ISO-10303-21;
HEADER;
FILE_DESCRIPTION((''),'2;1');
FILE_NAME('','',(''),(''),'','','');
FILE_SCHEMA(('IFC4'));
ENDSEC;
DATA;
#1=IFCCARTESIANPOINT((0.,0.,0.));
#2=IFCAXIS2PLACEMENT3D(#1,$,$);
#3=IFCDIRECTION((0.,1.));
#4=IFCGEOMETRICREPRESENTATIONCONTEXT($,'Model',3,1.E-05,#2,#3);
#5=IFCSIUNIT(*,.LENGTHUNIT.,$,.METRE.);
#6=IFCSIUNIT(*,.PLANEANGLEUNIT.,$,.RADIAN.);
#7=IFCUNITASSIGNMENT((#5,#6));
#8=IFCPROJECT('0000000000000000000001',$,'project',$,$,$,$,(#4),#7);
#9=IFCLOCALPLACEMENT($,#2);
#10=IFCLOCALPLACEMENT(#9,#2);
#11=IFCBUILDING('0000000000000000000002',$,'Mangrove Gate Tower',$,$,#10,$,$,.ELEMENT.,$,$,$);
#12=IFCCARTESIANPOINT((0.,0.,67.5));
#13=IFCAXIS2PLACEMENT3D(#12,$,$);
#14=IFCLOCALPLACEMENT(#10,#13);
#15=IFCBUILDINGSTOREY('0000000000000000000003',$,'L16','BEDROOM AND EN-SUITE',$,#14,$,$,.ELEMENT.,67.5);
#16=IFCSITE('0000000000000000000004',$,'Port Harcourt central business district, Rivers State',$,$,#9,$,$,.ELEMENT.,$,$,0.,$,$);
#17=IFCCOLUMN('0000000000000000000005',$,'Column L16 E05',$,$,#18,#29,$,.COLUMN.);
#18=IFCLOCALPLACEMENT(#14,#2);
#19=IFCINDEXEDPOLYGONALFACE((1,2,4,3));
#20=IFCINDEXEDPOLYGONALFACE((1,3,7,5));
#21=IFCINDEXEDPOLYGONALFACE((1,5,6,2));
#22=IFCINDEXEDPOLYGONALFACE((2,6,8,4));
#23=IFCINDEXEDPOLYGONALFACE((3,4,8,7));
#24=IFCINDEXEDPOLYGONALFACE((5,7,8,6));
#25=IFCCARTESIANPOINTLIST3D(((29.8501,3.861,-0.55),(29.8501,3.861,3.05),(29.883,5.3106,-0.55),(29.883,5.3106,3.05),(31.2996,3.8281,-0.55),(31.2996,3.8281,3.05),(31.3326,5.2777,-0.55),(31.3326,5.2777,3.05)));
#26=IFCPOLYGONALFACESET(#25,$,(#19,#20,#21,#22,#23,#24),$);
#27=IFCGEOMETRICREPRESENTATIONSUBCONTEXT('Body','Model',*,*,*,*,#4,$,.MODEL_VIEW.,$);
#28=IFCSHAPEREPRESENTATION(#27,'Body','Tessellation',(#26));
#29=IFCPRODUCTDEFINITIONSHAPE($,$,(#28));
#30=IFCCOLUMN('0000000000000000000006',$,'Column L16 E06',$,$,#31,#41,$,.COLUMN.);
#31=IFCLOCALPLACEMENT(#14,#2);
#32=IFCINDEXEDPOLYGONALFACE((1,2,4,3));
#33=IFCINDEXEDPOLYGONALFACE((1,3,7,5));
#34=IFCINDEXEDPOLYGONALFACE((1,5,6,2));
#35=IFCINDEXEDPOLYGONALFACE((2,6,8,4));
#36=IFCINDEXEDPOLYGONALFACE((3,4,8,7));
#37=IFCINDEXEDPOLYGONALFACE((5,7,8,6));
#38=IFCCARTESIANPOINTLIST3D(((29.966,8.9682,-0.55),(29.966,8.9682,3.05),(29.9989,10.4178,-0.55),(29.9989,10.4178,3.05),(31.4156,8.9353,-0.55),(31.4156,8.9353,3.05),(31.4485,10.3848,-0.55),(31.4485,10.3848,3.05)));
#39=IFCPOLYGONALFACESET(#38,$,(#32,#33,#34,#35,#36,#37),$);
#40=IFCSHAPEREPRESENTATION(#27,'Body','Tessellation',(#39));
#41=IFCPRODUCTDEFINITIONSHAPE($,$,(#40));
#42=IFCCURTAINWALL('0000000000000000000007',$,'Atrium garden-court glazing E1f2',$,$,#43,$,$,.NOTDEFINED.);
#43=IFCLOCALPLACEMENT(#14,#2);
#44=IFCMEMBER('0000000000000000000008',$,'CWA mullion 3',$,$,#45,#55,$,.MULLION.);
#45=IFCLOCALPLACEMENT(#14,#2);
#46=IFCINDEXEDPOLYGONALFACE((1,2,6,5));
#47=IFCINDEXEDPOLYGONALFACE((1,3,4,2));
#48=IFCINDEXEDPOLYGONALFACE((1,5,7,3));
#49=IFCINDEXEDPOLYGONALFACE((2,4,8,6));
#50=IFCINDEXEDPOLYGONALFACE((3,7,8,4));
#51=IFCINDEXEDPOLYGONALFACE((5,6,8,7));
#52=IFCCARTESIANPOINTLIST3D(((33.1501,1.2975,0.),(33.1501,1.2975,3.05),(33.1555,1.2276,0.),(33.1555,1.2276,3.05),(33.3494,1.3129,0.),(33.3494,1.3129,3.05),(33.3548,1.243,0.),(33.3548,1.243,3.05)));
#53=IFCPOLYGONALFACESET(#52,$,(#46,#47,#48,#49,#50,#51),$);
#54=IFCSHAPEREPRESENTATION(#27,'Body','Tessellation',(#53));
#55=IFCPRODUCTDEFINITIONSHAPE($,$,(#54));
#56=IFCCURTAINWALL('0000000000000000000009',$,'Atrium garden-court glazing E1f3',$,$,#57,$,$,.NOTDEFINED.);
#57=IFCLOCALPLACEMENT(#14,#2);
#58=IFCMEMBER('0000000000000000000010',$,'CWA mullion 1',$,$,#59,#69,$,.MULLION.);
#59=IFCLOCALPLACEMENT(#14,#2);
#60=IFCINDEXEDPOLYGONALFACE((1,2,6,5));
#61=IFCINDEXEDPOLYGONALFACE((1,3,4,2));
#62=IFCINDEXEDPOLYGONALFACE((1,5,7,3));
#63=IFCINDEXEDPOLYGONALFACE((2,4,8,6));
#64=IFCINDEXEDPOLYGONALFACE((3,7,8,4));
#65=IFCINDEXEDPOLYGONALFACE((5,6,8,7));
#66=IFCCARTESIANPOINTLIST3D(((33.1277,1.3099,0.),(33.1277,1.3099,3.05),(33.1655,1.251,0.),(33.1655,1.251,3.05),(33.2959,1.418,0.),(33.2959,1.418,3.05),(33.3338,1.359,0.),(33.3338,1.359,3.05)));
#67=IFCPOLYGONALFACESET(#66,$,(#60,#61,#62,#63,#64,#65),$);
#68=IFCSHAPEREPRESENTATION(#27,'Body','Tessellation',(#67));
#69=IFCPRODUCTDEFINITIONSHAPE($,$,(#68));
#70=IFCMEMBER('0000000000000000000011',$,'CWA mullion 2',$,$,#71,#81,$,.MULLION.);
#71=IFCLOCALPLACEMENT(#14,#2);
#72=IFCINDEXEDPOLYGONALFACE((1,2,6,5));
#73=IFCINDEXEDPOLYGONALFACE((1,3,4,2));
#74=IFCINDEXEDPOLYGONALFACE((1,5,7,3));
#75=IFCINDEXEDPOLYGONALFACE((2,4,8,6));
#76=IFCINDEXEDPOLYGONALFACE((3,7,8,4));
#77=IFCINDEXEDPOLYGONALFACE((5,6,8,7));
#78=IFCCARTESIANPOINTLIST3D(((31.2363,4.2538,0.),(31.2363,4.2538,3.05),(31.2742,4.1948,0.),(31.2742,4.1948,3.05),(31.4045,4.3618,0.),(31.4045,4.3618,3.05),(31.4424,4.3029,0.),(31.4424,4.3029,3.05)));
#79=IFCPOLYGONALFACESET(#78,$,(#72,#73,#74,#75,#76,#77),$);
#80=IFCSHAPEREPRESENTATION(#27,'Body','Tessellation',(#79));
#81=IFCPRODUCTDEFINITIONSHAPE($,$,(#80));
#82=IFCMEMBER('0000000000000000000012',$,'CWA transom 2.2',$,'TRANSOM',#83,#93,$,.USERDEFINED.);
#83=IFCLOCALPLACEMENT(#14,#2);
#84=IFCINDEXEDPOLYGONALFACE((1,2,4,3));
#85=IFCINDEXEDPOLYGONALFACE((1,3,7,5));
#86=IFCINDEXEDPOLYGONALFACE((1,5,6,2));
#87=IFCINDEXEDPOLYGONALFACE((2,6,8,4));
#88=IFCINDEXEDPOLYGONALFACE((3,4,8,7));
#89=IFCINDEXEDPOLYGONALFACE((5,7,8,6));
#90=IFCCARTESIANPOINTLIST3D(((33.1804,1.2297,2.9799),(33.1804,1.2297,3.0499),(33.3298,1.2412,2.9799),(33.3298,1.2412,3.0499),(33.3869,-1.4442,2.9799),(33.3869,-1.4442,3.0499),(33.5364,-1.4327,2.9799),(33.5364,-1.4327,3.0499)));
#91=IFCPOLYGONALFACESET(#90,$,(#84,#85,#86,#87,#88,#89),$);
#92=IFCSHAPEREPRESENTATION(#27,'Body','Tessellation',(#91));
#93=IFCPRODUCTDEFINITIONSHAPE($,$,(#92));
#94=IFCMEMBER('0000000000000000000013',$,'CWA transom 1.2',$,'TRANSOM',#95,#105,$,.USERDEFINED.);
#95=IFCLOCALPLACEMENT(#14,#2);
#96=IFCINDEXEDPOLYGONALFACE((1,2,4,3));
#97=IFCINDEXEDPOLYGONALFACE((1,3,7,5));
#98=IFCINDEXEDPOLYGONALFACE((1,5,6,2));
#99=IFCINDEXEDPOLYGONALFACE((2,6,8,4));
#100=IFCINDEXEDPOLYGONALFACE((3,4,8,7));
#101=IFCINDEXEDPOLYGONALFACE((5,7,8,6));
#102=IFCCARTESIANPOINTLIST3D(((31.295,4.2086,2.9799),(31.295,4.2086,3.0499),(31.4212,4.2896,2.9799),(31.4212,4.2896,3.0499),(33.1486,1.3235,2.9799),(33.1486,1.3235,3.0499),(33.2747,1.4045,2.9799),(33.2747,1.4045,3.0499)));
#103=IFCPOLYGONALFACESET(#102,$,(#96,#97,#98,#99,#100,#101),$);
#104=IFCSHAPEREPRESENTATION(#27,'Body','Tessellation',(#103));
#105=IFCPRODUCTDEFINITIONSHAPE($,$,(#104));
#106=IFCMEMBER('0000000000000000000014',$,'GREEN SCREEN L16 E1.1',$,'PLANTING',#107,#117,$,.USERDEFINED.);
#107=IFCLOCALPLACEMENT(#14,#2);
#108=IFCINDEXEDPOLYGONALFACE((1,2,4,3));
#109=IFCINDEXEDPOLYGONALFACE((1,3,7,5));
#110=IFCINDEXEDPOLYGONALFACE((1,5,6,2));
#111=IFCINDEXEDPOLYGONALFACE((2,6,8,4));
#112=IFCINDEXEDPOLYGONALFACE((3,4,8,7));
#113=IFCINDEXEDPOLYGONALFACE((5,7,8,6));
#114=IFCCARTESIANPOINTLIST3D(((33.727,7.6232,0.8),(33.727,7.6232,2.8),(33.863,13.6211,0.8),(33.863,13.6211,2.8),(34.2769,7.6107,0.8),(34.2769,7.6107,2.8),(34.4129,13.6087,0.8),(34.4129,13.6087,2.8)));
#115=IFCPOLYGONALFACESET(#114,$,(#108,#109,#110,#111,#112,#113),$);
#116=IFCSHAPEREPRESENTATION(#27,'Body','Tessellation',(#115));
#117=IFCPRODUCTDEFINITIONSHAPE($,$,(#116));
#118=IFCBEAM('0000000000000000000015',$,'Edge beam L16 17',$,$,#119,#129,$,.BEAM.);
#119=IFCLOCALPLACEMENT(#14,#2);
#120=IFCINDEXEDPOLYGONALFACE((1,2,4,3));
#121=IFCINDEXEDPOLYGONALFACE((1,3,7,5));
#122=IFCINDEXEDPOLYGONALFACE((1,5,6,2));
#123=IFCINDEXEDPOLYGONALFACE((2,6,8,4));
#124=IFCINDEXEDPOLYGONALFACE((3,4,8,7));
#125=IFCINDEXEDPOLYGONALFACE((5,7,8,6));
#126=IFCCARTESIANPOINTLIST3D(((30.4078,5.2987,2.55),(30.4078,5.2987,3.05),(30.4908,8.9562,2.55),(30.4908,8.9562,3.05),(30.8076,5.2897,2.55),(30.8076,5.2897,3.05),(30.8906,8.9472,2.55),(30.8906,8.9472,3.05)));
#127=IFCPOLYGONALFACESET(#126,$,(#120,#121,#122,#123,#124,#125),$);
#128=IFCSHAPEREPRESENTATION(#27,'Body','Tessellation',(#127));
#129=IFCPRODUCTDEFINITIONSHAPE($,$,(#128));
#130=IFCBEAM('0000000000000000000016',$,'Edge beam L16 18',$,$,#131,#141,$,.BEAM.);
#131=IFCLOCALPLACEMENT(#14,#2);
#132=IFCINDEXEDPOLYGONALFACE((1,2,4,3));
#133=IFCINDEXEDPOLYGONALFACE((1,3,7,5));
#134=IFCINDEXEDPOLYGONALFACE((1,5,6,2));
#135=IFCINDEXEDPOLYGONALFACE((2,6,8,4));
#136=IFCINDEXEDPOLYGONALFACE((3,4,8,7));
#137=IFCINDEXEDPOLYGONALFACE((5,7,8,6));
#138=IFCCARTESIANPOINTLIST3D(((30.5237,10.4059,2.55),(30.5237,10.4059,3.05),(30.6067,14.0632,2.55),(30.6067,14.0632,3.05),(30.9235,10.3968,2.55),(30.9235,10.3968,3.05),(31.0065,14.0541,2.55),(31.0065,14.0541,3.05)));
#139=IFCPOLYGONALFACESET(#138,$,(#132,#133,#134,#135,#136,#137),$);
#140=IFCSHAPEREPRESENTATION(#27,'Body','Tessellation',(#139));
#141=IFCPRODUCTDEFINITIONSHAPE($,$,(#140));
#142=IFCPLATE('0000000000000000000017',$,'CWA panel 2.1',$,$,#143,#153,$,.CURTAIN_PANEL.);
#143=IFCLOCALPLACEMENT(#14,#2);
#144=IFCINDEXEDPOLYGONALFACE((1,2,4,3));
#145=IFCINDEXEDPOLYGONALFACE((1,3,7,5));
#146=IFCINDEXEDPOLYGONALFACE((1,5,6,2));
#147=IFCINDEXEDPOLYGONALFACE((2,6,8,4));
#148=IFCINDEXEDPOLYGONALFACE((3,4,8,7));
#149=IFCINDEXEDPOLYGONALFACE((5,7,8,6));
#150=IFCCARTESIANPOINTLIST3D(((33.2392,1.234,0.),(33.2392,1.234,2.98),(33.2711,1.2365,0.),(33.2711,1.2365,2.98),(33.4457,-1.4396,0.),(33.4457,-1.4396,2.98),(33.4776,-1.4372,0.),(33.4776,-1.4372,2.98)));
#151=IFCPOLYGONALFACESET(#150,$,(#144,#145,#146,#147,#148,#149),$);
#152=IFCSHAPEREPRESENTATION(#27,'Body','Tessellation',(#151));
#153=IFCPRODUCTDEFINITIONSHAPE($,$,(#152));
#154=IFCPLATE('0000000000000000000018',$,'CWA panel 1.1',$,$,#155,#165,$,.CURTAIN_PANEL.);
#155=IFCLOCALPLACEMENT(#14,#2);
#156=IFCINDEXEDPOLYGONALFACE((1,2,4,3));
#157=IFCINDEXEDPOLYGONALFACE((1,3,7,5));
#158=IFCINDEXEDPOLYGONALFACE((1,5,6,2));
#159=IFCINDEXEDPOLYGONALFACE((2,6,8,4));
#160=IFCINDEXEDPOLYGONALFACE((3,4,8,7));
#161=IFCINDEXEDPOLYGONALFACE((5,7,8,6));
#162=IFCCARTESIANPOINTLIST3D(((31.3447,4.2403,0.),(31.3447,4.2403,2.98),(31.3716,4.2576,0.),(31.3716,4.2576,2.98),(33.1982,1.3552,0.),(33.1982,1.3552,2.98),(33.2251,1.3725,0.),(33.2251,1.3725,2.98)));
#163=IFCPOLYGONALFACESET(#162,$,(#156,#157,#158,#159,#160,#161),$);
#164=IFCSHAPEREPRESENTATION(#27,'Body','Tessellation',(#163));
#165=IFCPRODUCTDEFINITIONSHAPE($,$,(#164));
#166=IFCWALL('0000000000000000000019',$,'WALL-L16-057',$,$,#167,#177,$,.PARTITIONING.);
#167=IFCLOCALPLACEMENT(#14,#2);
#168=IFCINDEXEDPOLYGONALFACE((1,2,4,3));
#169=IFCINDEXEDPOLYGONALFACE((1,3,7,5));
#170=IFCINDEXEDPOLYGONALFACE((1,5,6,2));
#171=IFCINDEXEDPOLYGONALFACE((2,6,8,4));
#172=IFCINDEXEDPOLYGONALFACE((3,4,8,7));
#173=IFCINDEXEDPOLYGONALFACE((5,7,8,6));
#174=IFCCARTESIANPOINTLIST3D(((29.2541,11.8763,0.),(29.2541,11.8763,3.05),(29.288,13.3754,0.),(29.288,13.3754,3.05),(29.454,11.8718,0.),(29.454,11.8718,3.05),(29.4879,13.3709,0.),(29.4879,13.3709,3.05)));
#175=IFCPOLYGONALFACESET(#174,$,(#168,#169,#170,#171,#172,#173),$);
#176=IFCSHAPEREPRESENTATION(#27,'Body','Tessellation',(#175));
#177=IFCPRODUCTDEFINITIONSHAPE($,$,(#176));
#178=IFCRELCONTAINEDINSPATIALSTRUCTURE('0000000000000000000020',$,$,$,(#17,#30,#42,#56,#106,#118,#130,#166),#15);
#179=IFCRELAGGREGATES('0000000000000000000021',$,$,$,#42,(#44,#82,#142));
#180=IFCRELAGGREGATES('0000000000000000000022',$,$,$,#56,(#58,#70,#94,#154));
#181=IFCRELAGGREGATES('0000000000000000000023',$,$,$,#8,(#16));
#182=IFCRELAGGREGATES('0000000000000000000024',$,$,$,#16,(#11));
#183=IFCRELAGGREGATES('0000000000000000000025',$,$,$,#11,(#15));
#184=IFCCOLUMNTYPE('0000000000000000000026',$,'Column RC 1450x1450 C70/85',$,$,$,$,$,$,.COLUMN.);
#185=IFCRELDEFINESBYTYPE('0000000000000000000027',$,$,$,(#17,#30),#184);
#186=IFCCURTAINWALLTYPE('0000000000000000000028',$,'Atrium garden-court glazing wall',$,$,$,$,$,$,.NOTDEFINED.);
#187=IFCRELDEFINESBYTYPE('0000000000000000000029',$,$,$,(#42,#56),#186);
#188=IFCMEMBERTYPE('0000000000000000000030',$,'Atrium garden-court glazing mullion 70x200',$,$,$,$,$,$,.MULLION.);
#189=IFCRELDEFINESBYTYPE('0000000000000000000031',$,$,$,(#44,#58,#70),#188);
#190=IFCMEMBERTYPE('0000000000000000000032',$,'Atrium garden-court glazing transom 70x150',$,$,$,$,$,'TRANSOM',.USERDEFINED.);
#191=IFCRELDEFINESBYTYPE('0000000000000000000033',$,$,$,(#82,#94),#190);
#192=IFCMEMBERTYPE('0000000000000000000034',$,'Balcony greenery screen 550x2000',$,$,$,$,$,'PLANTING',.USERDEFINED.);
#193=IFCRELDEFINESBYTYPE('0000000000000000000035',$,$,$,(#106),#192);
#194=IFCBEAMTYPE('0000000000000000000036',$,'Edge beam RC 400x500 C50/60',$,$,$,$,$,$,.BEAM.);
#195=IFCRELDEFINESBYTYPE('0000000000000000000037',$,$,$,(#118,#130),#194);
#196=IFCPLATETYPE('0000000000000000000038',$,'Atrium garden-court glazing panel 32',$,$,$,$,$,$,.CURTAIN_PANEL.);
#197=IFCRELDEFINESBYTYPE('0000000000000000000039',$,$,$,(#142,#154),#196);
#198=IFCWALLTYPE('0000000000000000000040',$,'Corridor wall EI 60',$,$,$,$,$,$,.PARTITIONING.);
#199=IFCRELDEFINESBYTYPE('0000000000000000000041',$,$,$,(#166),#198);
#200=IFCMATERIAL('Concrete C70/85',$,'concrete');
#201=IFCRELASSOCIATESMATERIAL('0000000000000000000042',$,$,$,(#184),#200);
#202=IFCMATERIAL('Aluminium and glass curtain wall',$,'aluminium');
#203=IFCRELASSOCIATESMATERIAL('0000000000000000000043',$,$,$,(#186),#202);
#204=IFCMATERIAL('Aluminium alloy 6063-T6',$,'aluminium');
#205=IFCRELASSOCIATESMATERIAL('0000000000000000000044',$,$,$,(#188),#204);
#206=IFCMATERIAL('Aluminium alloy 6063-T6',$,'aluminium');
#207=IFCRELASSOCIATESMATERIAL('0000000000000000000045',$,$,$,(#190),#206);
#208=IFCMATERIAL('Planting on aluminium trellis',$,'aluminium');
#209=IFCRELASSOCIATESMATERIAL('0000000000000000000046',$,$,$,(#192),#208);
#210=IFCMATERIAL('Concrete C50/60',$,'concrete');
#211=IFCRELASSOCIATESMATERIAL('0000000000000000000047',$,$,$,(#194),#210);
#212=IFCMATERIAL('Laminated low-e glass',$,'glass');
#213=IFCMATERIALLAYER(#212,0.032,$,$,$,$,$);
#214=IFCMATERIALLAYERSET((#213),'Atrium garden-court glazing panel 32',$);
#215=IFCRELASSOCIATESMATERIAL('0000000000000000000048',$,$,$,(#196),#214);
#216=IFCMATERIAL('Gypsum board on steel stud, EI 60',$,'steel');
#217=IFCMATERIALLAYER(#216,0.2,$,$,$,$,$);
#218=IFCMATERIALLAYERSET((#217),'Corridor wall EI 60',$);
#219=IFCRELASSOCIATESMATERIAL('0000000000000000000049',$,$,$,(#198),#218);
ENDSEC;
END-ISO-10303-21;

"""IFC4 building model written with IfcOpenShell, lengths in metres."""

from ifc_helpers import new_model, si_unit, direction, frame, frame_2d, origin, origin_2d, place, context, subcontext, project, spatial, rectangle, extrude, material, layer, layer_set, material_profile, profile_set, type_object, element, aggregate, save


model = new_model("IFC4")

# Units and contexts
model_context = context("Model", 3, precision=1e-05, world=origin(), true_north=direction((0.0, 1.0)))
body_context = subcontext(model_context, "Body", "Model", "MODEL_VIEW")
ifc_project = project(units=[si_unit("LENGTHUNIT", "METRE"), si_unit("PLANEANGLEUNIT", "RADIAN")], contexts=[model_context])

# Site, building, storey
site_placement = place(None, origin())
site = spatial("IfcSite", under=ifc_project, at=site_placement, Name="Port Harcourt central business district, Rivers State", CompositionType="ELEMENT", RefElevation=0.0)
building_placement = place(site_placement, origin())
building = spatial("IfcBuilding", under=site, at=building_placement, Name="Mangrove Gate Tower", CompositionType="ELEMENT")
storey_placement = place(building_placement, frame((0.0, 0.0, 67.5)))
storey = spatial("IfcBuildingStorey", under=building, at=storey_placement, Name="L16", Description="BEDROOM AND EN-SUITE", CompositionType="ELEMENT", Elevation=67.5)

# Columns
ifc_material_1 = material(Name="Concrete C70/85", Category="concrete")
ifc_material_profile_1 = material_profile(ifc_material_1, rectangle(XDim=1.45, YDim=1.45, at=origin_2d()))
ifc_profile_set_1 = profile_set([ifc_material_profile_1], Name="Concrete C70/85")
column_type = type_object("IfcColumnType", Name="Column RC 1450x1450 C70/85", PredefinedType="COLUMN", material=ifc_profile_set_1)
for number, where, z_axis, x_axis, name in (
    (1, (30.5913, 4.5693, -0.55), (0.0, 0.0, 1.0), (0.022695, 0.999742, 0.0), "Column L16 E05"),
    (2, (30.7073, 9.6765, -0.55), (0.0, 0.0, 1.0), (0.022708, 0.999742, 0.0), "Column L16 E06"),
):
    element("IfcColumn", number, at=place(storey_placement, frame(where, z_axis=z_axis, x_axis=x_axis)), inside=storey, type_object=column_type, Name=name, PredefinedType="COLUMN", context=body_context, shape_type="SweptSolid", body=[
        extrude(rectangle(XDim=1.45, YDim=1.45, at=origin_2d()), origin(), (0.0, 0.0, 1.0), 3.6001),
    ])

# Curtain wall, member
ifc_material_2 = material(Name="Aluminium and glass curtain wall", Category="aluminium")
curtain_wall_type = type_object("IfcCurtainWallType", Name="Atrium garden-court glazing wall", PredefinedType="NOTDEFINED", material=ifc_material_2)
curtain_wall_1_placement = place(storey_placement, origin())
curtain_wall_1 = element("IfcCurtainWall", 3, at=curtain_wall_1_placement, inside=storey, type_object=curtain_wall_type, Name="Atrium garden-court glazing E1f2", PredefinedType="NOTDEFINED")
ifc_material_3 = material(Name="Aluminium alloy 6063-T6", Category="aluminium")
ifc_material_profile_2 = material_profile(ifc_material_3, rectangle(XDim=0.0701, YDim=0.2, at=origin_2d()))
ifc_profile_set_2 = profile_set([ifc_material_profile_2], Name="Aluminium alloy 6063-T6")
member_type_1 = type_object("IfcMemberType", Name="Atrium garden-court glazing mullion 70x200", PredefinedType="MULLION", material=ifc_profile_set_2)
member_1_placement = place(storey_placement, frame((33.2524, 1.2703, 0.0), z_axis=(0.0, 0.0, 1.0), x_axis=(-0.077023, 0.997029, 0.0)))
member_1 = element("IfcMember", 4, at=member_1_placement, type_object=member_type_1, Name="CWA mullion 3", PredefinedType="MULLION", context=body_context, shape_type="SweptSolid", body=[
    extrude(rectangle(XDim=0.0701, YDim=0.2, at=origin_2d()), origin(), (0.0, 0.0, 1.0), 3.05),
])

# Curtain wall, members
curtain_wall_2_placement = place(storey_placement, origin())
curtain_wall_2 = element("IfcCurtainWall", 5, at=curtain_wall_2_placement, inside=storey, type_object=curtain_wall_type, Name="Atrium garden-court glazing E1f3", PredefinedType="NOTDEFINED")
member_2_placement = place(storey_placement, frame((33.2307, 1.3345, 0.0), z_axis=(0.0, 0.0, 1.0), x_axis=(-0.540525, 0.841328, 0.0)))
member_2 = element("IfcMember", 6, at=member_2_placement, type_object=member_type_1, Name="CWA mullion 1", PredefinedType="MULLION", context=body_context, shape_type="SweptSolid", body=[
    extrude(rectangle(XDim=0.0701, YDim=0.2, at=origin_2d()), origin(), (0.0, 0.0, 1.0), 3.05),
])
member_3_placement = place(storey_placement, frame((31.3394, 4.2783, 0.0), z_axis=(0.0, 0.0, 1.0), x_axis=(-0.540525, 0.841328, 0.0)))
member_3 = element("IfcMember", 7, at=member_3_placement, type_object=member_type_1, Name="CWA mullion 2", PredefinedType="MULLION", context=body_context, shape_type="SweptSolid", body=[
    extrude(rectangle(XDim=0.0701, YDim=0.2, at=origin_2d()), origin(), (0.0, 0.0, 1.0), 3.05),
])

# Members
ifc_material_4 = material(Name="Aluminium alloy 6063-T6", Category="aluminium")
ifc_material_profile_3 = material_profile(ifc_material_4, rectangle(XDim=0.0701, YDim=0.1499, at=origin_2d()))
ifc_profile_set_3 = profile_set([ifc_material_profile_3], Name="Aluminium alloy 6063-T6")
member_type_2 = type_object("IfcMemberType", Name="Atrium garden-court glazing transom 70x150", ElementType="TRANSOM", PredefinedType="USERDEFINED", material=ifc_profile_set_3)
member_4_placement = place(storey_placement, frame((33.4617, -1.4385, 3.0149), z_axis=(-0.077017, 0.99703, 0.0), x_axis=(0.0, 0.0, 1.0)))
member_4 = element("IfcMember", 8, at=member_4_placement, type_object=member_type_2, Name="CWA transom 2.2", ObjectType="TRANSOM", PredefinedType="USERDEFINED", context=body_context, shape_type="SweptSolid", body=[
    extrude(rectangle(XDim=0.0701, YDim=0.1499, at=origin_2d()), origin(), (0.0, 0.0, 1.0), 2.6819),
])
member_5_placement = place(storey_placement, frame((33.2117, 1.364, 3.0149), z_axis=(-0.540524, 0.841329, 0.0), x_axis=(0.0, 0.0, 1.0)))
member_5 = element("IfcMember", 9, at=member_5_placement, type_object=member_type_2, Name="CWA transom 1.2", ObjectType="TRANSOM", PredefinedType="USERDEFINED", context=body_context, shape_type="SweptSolid", body=[
    extrude(rectangle(XDim=0.0701, YDim=0.1499, at=origin_2d()), origin(), (0.0, 0.0, 1.0), 3.4292),
])
ifc_material_5 = material(Name="Planting on aluminium trellis", Category="aluminium")
ifc_material_profile_4 = material_profile(ifc_material_5, rectangle(XDim=0.55, YDim=2.0, at=origin_2d()))
ifc_profile_set_4 = profile_set([ifc_material_profile_4], Name="Planting on aluminium trellis")
member_type_3 = type_object("IfcMemberType", Name="Balcony greenery screen 550x2000", ElementType="PLANTING", PredefinedType="USERDEFINED", material=ifc_profile_set_4)
member_6_placement = place(storey_placement, frame((34.002, 7.6169, 1.8), z_axis=(0.022666, 0.999743, 0.0), x_axis=(-0.999743, 0.022666, 0.0)))
element("IfcMember", 10, at=member_6_placement, inside=storey, type_object=member_type_3, Name="GREEN SCREEN L16 E1.1", ObjectType="PLANTING", PredefinedType="USERDEFINED", context=body_context, shape_type="SweptSolid", body=[
    extrude(rectangle(XDim=0.55, YDim=2.0, at=origin_2d()), origin(), (0.0, 0.0, 1.0), 5.9995),
])

# Beams
ifc_material_6 = material(Name="Concrete C50/60", Category="concrete")
ifc_material_profile_5 = material_profile(ifc_material_6, rectangle(XDim=0.3999, YDim=0.5, at=origin_2d()))
ifc_profile_set_5 = profile_set([ifc_material_profile_5], Name="Concrete C50/60")
beam_type = type_object("IfcBeamType", Name="Edge beam RC 400x500 C50/60", PredefinedType="BEAM", material=ifc_profile_set_5)
beam_1_placement = place(storey_placement, frame((30.6077, 5.2942, 2.8), z_axis=(0.02269, 0.999743, 0.0), x_axis=(-0.999743, 0.02269, 0.0)))
element("IfcBeam", 11, at=beam_1_placement, inside=storey, type_object=beam_type, Name="Edge beam L16 17", PredefinedType="BEAM", context=body_context, shape_type="SweptSolid", body=[
    extrude(rectangle(XDim=0.3999, YDim=0.5, at=origin_2d()), origin(), (0.0, 0.0, 1.0), 3.6584),
])
beam_2_placement = place(storey_placement, frame((30.7236, 10.4014, 2.8), z_axis=(0.022691, 0.999743, 0.0), x_axis=(-0.999743, 0.022691, 0.0)))
element("IfcBeam", 12, at=beam_2_placement, inside=storey, type_object=beam_type, Name="Edge beam L16 18", PredefinedType="BEAM", context=body_context, shape_type="SweptSolid", body=[
    extrude(rectangle(XDim=0.3999, YDim=0.5, at=origin_2d()), origin(), (0.0, 0.0, 1.0), 3.6582),
])

# Plates
ifc_material_7 = material(Name="Laminated low-e glass", Category="glass")
ifc_layer_1 = layer(ifc_material_7, 0.032)
ifc_layer_set_1 = layer_set([ifc_layer_1], Name="Atrium garden-court glazing panel 32")
plate_type = type_object("IfcPlateType", Name="Atrium garden-court glazing panel 32", PredefinedType="CURTAIN_PANEL", material=ifc_layer_set_1)
plate_1_placement = place(storey_placement, frame((33.3584, -0.1016, 0.0), z_axis=(0.0, 0.0, 1.0), x_axis=(-0.077023, 0.997029, 0.0)))
plate_1 = element("IfcPlate", 13, at=plate_1_placement, type_object=plate_type, Name="CWA panel 2.1", PredefinedType="CURTAIN_PANEL", context=body_context, shape_type="SweptSolid", body=[
    extrude(rectangle(XDim=2.6816, YDim=0.032, at=origin_2d()), origin(), (0.0, 0.0, 1.0), 2.98),
])
aggregate(curtain_wall_1, [member_1, member_4, plate_1])
plate_2_placement = place(storey_placement, frame((32.2849, 2.8064, 0.0), z_axis=(0.0, 0.0, 1.0), x_axis=(-0.540525, 0.841328, 0.0)))
plate_2 = element("IfcPlate", 14, at=plate_2_placement, type_object=plate_type, Name="CWA panel 1.1", PredefinedType="CURTAIN_PANEL", context=body_context, shape_type="SweptSolid", body=[
    extrude(rectangle(XDim=3.4292, YDim=0.032, at=origin_2d()), origin(), (0.0, 0.0, 1.0), 2.98),
])
aggregate(curtain_wall_2, [member_2, member_3, member_5, plate_2])

# Wall
ifc_material_8 = material(Name="Gypsum board on steel stud, EI 60", Category="steel")
ifc_layer_2 = layer(ifc_material_8, 0.2)
ifc_layer_set_2 = layer_set([ifc_layer_2], Name="Corridor wall EI 60")
wall_type_1 = type_object("IfcWallType", Name="Corridor wall EI 60", PredefinedType="PARTITIONING", material=ifc_layer_set_2)
wall_1_placement = place(storey_placement, frame((29.354, 11.874, 0.0), z_axis=(0.0, 0.0, 1.0), x_axis=(0.022633, 0.999744, 0.0)))
element("IfcWall", 15, at=wall_1_placement, inside=storey, type_object=wall_type_1, Name="WALL-L16-057", PredefinedType="PARTITIONING", context=body_context, shape_type="SweptSolid", body=[
    extrude(rectangle(XDim=1.4995, YDim=0.2, at=frame_2d((0.7498, 0.0))), origin(), (0.0, 0.0, 1.0), 3.05),
])

save(model, "model.ifc")
